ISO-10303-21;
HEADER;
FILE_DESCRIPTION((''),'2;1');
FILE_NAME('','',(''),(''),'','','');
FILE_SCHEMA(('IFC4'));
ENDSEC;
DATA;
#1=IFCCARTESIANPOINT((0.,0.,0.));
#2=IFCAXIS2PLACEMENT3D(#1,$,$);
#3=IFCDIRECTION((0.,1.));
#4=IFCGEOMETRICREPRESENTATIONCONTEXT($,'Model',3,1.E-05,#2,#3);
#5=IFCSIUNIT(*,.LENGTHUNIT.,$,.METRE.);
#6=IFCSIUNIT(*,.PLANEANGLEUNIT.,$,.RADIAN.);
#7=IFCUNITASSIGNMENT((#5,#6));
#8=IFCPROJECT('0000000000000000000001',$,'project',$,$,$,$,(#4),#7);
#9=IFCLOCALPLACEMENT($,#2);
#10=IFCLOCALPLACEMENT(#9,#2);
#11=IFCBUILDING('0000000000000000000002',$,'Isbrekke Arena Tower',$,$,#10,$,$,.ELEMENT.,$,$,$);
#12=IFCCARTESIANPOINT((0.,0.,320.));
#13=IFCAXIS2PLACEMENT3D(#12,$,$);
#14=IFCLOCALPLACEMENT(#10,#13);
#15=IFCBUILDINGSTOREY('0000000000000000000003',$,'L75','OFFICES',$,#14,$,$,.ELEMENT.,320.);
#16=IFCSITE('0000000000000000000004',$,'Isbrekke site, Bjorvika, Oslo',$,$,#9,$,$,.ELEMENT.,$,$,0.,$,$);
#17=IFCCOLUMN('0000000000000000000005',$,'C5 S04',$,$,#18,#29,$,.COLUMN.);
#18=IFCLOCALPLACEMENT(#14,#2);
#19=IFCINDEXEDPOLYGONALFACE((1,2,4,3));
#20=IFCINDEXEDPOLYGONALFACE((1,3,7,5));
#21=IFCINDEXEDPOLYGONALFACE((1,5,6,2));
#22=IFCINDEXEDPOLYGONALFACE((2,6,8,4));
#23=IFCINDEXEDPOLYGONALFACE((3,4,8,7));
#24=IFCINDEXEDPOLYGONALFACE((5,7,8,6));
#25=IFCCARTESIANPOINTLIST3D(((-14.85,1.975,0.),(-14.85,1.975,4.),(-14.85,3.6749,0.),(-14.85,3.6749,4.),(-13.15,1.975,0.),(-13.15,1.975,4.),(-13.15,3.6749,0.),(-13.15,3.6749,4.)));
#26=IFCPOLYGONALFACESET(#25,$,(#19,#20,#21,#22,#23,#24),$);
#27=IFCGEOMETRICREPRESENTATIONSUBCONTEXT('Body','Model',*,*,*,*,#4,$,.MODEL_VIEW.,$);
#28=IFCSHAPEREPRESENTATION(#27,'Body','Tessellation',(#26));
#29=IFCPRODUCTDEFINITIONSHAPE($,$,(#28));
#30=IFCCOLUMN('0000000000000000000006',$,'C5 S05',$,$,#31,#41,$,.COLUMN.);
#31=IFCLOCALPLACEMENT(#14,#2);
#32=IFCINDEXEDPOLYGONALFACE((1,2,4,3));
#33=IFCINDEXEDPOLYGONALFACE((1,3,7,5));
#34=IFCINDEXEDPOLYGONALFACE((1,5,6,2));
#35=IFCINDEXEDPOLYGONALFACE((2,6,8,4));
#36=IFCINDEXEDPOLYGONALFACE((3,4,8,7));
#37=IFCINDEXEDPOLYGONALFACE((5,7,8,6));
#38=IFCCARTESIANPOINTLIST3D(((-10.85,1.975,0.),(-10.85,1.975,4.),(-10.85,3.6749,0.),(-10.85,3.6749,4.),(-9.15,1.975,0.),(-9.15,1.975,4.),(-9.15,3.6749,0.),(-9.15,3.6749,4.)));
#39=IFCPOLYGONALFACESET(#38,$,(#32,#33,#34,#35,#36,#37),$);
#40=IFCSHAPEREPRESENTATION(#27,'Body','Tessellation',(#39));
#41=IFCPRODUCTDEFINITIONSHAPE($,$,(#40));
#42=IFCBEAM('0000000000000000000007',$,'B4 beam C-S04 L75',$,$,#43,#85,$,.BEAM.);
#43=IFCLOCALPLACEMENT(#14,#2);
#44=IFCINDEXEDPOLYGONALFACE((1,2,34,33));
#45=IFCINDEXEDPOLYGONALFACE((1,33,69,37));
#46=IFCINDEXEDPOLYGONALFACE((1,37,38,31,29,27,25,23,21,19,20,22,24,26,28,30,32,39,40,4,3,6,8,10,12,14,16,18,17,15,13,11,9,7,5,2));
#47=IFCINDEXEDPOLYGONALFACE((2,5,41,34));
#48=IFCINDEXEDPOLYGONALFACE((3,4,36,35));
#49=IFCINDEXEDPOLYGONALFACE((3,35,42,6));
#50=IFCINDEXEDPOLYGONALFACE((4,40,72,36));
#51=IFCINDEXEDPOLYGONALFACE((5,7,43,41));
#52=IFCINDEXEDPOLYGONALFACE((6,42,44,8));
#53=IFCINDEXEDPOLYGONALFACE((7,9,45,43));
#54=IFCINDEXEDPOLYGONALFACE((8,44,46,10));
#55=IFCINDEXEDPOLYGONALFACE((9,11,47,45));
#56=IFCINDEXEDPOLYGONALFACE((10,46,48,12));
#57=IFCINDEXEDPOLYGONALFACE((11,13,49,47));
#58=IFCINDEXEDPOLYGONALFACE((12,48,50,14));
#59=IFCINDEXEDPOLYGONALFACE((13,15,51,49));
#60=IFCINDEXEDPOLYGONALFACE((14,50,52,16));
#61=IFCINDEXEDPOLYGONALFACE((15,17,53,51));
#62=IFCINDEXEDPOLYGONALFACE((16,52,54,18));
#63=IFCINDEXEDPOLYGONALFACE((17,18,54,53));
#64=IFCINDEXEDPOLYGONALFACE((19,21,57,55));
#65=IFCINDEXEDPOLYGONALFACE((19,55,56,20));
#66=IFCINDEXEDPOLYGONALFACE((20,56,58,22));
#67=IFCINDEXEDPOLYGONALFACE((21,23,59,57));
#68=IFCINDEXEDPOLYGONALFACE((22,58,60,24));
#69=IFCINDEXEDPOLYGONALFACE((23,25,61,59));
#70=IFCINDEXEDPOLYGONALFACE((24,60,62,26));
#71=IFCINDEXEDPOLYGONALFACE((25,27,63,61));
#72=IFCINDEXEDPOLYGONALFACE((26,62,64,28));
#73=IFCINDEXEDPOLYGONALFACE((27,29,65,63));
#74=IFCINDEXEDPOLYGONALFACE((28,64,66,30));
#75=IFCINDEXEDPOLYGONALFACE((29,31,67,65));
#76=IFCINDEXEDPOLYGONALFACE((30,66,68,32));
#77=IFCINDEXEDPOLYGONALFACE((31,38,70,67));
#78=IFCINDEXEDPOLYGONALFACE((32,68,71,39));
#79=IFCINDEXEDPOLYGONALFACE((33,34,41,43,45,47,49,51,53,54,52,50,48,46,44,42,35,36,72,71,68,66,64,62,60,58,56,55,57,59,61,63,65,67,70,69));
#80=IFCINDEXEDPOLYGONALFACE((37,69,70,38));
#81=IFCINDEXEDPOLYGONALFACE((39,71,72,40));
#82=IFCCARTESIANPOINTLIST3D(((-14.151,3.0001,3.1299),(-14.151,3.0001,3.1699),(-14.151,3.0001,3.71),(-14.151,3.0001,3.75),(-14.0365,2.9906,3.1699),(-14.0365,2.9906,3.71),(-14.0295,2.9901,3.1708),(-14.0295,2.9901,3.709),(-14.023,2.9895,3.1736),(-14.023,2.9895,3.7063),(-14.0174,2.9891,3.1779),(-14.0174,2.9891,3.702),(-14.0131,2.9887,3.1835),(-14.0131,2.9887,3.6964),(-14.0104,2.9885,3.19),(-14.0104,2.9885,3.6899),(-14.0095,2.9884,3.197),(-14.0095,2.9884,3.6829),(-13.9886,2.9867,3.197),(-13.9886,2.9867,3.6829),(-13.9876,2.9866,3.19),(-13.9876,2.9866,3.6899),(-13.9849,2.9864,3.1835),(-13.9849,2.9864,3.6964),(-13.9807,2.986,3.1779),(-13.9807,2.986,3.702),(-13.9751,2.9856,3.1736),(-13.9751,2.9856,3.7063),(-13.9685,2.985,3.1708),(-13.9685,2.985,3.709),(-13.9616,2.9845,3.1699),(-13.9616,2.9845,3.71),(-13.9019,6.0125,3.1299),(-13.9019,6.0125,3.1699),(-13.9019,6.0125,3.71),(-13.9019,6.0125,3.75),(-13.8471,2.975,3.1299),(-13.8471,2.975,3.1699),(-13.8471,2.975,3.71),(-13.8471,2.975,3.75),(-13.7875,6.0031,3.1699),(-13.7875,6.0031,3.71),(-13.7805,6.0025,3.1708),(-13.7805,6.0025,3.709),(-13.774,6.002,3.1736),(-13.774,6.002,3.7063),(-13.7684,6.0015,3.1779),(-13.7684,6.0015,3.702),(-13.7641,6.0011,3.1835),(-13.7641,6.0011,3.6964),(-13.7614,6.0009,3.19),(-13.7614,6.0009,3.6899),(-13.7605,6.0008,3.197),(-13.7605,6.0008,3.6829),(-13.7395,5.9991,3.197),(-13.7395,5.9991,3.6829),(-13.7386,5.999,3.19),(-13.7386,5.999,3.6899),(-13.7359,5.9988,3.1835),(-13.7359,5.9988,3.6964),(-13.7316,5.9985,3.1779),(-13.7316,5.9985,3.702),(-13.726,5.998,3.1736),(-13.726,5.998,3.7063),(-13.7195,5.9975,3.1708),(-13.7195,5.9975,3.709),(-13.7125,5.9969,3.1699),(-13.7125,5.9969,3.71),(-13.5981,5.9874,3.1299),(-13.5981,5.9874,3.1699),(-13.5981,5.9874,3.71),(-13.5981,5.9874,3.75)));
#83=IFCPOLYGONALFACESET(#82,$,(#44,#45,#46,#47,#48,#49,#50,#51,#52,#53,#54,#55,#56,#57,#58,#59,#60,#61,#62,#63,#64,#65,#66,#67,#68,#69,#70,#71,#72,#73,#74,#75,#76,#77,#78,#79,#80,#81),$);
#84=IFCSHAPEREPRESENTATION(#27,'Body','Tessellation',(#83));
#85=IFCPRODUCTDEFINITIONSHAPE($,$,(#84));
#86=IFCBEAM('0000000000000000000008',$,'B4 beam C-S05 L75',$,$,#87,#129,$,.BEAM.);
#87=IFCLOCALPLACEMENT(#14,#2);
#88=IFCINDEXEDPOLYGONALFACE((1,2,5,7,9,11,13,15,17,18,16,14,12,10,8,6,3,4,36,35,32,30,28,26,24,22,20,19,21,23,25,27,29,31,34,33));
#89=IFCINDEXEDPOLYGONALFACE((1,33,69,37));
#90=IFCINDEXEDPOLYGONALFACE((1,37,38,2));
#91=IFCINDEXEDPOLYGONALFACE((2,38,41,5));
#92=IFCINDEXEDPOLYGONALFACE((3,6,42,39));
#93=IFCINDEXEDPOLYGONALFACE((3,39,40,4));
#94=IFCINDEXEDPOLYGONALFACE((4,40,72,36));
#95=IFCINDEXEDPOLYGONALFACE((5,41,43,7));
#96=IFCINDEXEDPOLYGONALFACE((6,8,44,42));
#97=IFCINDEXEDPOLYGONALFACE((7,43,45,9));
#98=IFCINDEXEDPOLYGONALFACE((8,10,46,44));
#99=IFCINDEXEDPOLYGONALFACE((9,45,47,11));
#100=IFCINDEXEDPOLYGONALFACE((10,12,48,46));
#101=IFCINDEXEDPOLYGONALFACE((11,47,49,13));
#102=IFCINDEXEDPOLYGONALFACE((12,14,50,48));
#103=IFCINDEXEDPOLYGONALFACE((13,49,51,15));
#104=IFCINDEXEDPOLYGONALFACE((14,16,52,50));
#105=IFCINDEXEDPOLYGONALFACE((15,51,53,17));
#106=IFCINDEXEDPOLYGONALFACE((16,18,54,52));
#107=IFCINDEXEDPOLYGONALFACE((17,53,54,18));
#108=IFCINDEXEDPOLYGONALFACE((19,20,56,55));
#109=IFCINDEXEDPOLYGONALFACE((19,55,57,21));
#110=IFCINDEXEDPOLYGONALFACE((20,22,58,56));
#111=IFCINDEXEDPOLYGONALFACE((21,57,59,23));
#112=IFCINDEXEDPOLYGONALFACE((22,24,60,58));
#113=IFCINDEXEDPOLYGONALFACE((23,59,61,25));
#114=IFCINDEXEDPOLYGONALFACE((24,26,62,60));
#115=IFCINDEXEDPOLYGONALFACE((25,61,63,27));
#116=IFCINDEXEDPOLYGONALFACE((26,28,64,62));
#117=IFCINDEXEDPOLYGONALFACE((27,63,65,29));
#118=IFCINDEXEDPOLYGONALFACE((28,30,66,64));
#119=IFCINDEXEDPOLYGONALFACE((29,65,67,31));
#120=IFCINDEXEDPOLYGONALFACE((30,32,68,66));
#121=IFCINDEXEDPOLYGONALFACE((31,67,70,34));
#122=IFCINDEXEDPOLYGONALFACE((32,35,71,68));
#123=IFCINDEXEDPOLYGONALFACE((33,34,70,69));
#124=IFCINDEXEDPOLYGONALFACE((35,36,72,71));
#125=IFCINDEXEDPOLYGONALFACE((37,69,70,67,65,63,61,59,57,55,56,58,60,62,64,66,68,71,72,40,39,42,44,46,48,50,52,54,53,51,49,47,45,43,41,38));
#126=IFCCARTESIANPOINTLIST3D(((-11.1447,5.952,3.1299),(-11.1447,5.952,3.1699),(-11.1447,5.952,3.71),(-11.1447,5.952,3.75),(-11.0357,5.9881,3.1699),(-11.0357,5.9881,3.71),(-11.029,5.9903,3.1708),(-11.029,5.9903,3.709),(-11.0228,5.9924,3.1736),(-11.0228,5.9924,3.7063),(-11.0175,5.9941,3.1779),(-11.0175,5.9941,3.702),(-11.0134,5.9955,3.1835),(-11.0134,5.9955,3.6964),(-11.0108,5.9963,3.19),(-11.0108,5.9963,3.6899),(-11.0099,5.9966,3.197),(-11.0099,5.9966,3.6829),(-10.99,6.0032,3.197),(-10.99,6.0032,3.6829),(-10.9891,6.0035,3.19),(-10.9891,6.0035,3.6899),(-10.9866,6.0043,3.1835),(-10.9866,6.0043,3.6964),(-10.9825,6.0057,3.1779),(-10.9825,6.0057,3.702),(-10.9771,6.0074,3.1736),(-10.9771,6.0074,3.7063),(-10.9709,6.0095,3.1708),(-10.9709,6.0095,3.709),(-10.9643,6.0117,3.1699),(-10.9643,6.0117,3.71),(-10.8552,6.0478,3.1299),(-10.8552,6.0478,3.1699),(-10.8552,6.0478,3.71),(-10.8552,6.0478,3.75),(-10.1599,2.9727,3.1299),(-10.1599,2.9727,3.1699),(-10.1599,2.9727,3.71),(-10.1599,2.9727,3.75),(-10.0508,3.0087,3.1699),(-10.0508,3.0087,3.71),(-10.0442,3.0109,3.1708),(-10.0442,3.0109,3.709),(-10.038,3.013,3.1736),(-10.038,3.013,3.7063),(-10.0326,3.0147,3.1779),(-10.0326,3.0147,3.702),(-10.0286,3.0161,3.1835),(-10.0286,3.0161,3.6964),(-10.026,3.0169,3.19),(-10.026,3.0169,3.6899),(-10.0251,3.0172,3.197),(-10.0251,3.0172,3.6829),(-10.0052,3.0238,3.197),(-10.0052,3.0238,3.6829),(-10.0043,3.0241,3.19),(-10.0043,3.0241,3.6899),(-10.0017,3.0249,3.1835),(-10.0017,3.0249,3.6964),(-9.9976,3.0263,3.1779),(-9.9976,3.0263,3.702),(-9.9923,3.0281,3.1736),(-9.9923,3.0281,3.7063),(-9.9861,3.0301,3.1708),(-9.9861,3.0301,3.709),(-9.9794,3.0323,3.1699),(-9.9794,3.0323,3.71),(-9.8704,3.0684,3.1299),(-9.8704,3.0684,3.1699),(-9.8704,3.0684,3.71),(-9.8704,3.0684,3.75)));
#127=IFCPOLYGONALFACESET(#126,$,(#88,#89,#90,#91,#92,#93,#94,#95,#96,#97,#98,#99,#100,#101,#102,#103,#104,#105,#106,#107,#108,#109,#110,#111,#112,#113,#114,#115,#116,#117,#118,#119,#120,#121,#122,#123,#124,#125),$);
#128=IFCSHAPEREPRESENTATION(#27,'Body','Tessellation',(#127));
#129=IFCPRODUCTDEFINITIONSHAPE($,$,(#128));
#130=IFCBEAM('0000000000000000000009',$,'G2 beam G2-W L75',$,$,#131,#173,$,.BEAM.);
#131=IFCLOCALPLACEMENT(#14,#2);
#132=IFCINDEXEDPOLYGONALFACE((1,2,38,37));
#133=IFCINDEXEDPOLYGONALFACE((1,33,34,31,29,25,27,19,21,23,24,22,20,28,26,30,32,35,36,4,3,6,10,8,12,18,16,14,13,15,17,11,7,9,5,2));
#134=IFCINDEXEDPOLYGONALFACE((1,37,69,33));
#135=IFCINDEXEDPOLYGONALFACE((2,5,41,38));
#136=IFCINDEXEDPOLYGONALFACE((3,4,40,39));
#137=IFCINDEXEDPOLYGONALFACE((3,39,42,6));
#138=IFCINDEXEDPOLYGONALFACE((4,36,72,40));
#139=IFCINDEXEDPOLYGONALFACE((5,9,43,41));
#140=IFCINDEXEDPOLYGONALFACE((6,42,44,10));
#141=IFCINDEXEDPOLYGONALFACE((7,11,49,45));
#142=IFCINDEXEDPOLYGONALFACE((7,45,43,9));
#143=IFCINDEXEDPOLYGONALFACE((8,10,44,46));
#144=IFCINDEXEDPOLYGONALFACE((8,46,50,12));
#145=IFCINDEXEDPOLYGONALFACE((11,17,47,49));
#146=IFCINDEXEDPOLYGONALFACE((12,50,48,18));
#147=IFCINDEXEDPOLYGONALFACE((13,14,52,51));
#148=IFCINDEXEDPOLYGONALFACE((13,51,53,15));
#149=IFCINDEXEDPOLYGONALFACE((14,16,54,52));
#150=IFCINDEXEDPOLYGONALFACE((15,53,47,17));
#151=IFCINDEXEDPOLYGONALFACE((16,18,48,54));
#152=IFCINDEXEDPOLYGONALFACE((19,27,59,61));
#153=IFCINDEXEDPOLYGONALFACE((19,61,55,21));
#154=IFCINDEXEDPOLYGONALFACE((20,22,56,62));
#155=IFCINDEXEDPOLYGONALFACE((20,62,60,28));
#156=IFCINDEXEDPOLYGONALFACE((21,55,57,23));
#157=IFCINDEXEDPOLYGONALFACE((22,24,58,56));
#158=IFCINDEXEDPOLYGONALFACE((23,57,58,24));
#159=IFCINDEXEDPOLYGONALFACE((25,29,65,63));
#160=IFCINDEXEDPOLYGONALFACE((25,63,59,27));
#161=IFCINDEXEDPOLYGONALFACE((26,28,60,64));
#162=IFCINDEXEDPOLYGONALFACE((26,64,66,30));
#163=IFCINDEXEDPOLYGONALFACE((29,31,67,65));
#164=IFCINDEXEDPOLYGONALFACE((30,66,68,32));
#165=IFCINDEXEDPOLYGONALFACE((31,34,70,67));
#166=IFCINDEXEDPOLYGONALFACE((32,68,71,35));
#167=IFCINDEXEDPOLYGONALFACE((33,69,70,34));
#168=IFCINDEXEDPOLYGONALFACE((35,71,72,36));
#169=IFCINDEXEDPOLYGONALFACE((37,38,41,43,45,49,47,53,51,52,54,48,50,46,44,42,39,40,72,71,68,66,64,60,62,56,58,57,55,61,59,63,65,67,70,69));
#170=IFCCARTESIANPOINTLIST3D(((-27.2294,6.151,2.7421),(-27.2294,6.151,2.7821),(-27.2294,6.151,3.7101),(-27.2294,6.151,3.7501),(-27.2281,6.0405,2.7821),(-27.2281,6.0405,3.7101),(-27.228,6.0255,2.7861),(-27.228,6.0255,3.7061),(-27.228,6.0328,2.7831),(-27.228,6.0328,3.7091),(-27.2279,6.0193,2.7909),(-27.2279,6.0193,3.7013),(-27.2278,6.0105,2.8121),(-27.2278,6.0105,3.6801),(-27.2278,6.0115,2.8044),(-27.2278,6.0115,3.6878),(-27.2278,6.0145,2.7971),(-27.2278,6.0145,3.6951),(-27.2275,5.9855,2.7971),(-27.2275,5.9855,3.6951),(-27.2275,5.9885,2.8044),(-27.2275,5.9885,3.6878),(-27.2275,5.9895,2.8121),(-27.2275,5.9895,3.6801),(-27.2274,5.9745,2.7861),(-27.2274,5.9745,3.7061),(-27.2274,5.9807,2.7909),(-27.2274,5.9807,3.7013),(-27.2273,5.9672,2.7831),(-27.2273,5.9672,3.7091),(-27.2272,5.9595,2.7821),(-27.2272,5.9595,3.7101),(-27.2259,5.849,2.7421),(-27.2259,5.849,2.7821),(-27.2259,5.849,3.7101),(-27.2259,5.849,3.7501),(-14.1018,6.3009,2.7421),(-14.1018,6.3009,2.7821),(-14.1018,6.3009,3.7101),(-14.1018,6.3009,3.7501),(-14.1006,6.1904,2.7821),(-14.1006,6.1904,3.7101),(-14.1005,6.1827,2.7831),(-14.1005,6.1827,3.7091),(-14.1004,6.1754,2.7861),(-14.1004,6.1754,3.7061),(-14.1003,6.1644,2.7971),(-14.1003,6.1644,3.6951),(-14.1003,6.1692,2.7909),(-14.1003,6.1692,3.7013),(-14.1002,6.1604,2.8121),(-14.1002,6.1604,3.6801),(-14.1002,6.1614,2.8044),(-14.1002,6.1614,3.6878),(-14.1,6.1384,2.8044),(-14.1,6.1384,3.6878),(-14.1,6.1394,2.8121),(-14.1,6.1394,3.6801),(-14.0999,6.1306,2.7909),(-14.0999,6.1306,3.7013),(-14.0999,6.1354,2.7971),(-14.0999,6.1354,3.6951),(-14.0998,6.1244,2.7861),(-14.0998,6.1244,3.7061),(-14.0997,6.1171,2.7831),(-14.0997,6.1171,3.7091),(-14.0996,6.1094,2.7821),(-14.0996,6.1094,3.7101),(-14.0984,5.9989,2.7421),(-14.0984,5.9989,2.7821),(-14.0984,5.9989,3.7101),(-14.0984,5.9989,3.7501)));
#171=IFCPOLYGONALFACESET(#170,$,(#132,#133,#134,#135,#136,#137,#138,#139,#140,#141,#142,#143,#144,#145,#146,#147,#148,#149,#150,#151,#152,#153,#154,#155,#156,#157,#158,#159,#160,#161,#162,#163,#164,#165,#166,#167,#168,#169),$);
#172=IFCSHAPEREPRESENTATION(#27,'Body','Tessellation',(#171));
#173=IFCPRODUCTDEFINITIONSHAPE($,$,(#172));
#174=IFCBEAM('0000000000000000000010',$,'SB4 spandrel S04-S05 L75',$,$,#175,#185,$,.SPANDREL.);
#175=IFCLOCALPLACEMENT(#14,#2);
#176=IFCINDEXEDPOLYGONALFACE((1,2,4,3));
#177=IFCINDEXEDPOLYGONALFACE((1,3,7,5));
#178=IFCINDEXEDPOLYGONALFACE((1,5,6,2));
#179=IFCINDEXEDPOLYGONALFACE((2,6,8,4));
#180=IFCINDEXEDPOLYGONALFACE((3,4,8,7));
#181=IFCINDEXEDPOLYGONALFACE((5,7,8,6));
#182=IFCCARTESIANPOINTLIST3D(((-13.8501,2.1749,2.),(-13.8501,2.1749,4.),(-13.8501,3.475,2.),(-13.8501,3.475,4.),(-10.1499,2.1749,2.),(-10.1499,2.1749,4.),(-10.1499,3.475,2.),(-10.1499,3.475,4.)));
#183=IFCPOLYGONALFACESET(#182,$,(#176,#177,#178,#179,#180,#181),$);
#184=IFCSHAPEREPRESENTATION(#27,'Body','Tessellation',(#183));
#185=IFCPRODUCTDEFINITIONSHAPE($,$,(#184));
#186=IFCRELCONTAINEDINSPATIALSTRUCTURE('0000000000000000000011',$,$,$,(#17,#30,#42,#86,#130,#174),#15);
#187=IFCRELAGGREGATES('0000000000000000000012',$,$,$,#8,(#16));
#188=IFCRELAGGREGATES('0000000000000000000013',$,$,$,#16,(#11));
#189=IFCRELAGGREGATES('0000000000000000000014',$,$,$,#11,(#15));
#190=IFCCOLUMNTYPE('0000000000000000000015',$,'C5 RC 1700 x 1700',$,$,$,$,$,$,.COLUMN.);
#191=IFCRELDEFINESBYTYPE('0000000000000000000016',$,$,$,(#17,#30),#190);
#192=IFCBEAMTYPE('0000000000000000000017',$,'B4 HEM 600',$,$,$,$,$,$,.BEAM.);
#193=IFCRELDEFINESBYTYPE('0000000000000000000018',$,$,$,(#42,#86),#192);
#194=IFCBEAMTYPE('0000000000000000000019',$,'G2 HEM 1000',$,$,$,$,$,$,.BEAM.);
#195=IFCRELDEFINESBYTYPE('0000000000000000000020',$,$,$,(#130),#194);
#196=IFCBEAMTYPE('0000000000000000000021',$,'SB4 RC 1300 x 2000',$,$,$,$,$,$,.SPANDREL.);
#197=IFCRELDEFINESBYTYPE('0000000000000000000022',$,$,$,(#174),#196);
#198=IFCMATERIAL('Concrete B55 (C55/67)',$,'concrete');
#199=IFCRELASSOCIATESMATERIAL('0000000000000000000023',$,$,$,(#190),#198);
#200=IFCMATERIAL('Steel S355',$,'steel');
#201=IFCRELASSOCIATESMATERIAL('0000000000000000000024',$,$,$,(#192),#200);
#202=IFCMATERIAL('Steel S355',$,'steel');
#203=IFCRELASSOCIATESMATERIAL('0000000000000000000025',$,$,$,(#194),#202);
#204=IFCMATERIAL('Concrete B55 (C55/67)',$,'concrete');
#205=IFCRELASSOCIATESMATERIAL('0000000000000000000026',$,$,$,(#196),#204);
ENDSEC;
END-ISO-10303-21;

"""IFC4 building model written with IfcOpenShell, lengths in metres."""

from ifc_helpers import new_model, si_unit, direction, frame, origin, origin_2d, place, context, subcontext, project, spatial, rectangle, i_section, extrude, material, material_profile, profile_set, type_object, element, save


model = new_model("IFC4")

# Units and contexts
model_context = context("Model", 3, precision=1e-05, world=origin(), true_north=direction((0.0, 1.0)))
body_context = subcontext(model_context, "Body", "Model", "MODEL_VIEW")
ifc_project = project(units=[si_unit("LENGTHUNIT", "METRE"), si_unit("PLANEANGLEUNIT", "RADIAN")], contexts=[model_context])

# Site, building, storey
site_placement = place(None, origin())
site = spatial("IfcSite", under=ifc_project, at=site_placement, Name="Isbrekke site, Bjorvika, Oslo", CompositionType="ELEMENT", RefElevation=0.0)
building_placement = place(site_placement, origin())
building = spatial("IfcBuilding", under=site, at=building_placement, Name="Isbrekke Arena Tower", CompositionType="ELEMENT")
storey_placement = place(building_placement, frame((0.0, 0.0, 320.0)))
storey = spatial("IfcBuildingStorey", under=building, at=storey_placement, Name="L75", Description="OFFICES", CompositionType="ELEMENT", Elevation=320.0)

# Columns
ifc_material_1 = material(Name="Concrete B55 (C55/67)", Category="concrete")
ifc_material_profile_1 = material_profile(ifc_material_1, rectangle(XDim=1.7, YDim=1.7, at=origin_2d()), Name="RC 1700x1700")
ifc_profile_set_1 = profile_set([ifc_material_profile_1], Name="Concrete B55 (C55/67)")
column_type = type_object("IfcColumnType", Name="C5 RC 1700 x 1700", PredefinedType="COLUMN", material=ifc_profile_set_1)
for number, where, z_axis, x_axis, name in (
    (1, (-14.0, 2.825, 0.0), (0.0, 0.0, 1.0), (1.0, 0.0, 0.0), "C5 S04"),
    (2, (-10.0, 2.825, 0.0), (0.0, 0.0, 1.0), (1.0, 0.0, 0.0), "C5 S05"),
):
    element("IfcColumn", number, at=place(storey_placement, frame(where, z_axis=z_axis, x_axis=x_axis)), inside=storey, type_object=column_type, Name=name, PredefinedType="COLUMN", context=body_context, shape_type="SweptSolid", body=[
        extrude(rectangle(XDim=1.7, YDim=1.7, at=origin_2d()), origin(), (0.0, 0.0, 1.0), 4.0),
    ])

# Beams
ifc_material_2 = material(Name="Steel S355", Category="steel")
ifc_material_profile_2 = material_profile(ifc_material_2, i_section(OverallWidth=0.3049, OverallDepth=0.6201, WebThickness=0.021, FlangeThickness=0.04, FilletRadius=0.0271, at=origin_2d()), Name="HEM 600")
ifc_profile_set_2 = profile_set([ifc_material_profile_2], Name="Steel S355")
beam_type_1 = type_object("IfcBeamType", Name="B4 HEM 600", PredefinedType="BEAM", material=ifc_profile_set_2)
beam_1_placement = place(storey_placement, frame((-13.999, 2.9875, 3.4399), z_axis=(0.082384, 0.996601, 0.0), x_axis=(-0.996601, 0.082384, 0.0)))
element("IfcBeam", 3, at=beam_1_placement, inside=storey, type_object=beam_type_1, Name="B4 beam C-S04 L75", PredefinedType="BEAM", context=body_context, shape_type="SweptSolid", body=[
    extrude(i_section(OverallWidth=0.3049, OverallDepth=0.6201, WebThickness=0.021, FlangeThickness=0.04, FilletRadius=0.0271, at=origin_2d()), origin(), (0.0, 0.0, 1.0), 3.0227),
])
beam_2_placement = place(storey_placement, frame((-10.0151, 3.0205, 3.4399), z_axis=(-0.313846, 0.949474, 0.0), x_axis=(-0.949474, -0.313846, 0.0)))
element("IfcBeam", 4, at=beam_2_placement, inside=storey, type_object=beam_type_1, Name="B4 beam C-S05 L75", PredefinedType="BEAM", context=body_context, shape_type="SweptSolid", body=[
    extrude(i_section(OverallWidth=0.3049, OverallDepth=0.6201, WebThickness=0.021, FlangeThickness=0.04, FilletRadius=0.0271, at=origin_2d()), origin(), (0.0, 0.0, 1.0), 3.1379),
])
ifc_material_3 = material(Name="Steel S355", Category="steel")
ifc_material_profile_3 = material_profile(ifc_material_3, i_section(OverallWidth=0.302, OverallDepth=1.0081, WebThickness=0.021, FlangeThickness=0.04, FilletRadius=0.03, at=origin_2d()), Name="HEM 1000")
ifc_profile_set_3 = profile_set([ifc_material_profile_3], Name="Steel S355")
beam_type_2 = type_object("IfcBeamType", Name="G2 HEM 1000", PredefinedType="BEAM", material=ifc_profile_set_3)
beam_3_placement = place(storey_placement, frame((-14.1001, 6.1499, 3.2461), z_axis=(-0.999935, -0.011418, 0.0), x_axis=(0.011418, -0.999935, 0.0)))
element("IfcBeam", 5, at=beam_3_placement, inside=storey, type_object=beam_type_2, Name="G2 beam G2-W L75", PredefinedType="BEAM", context=body_context, shape_type="SweptSolid", body=[
    extrude(i_section(OverallWidth=0.302, OverallDepth=1.0081, WebThickness=0.021, FlangeThickness=0.04, FilletRadius=0.03, at=origin_2d()), origin(), (0.0, 0.0, 1.0), 13.1284),
])
ifc_material_4 = material(Name="Concrete B55 (C55/67)", Category="concrete")
ifc_material_profile_4 = material_profile(ifc_material_4, rectangle(XDim=1.3, YDim=2.0, at=origin_2d()), Name="RC 1300x2000")
ifc_profile_set_4 = profile_set([ifc_material_profile_4], Name="Concrete B55 (C55/67)")
beam_type_3 = type_object("IfcBeamType", Name="SB4 RC 1300 x 2000", PredefinedType="SPANDREL", material=ifc_profile_set_4)
for number, where, z_axis, x_axis, name in (
    (6, (-13.8501, 2.825, 3.0), (1.0, 0.0, 0.0), (0.0, 1.0, 0.0), "SB4 spandrel S04-S05 L75"),
):
    element("IfcBeam", number, at=place(storey_placement, frame(where, z_axis=z_axis, x_axis=x_axis)), inside=storey, type_object=beam_type_3, Name=name, PredefinedType="SPANDREL", context=body_context, shape_type="SweptSolid", body=[
        extrude(rectangle(XDim=1.3, YDim=2.0, at=origin_2d()), origin(), (0.0, 0.0, 1.0), 3.7002),
    ])

save(model, "model.ifc")
